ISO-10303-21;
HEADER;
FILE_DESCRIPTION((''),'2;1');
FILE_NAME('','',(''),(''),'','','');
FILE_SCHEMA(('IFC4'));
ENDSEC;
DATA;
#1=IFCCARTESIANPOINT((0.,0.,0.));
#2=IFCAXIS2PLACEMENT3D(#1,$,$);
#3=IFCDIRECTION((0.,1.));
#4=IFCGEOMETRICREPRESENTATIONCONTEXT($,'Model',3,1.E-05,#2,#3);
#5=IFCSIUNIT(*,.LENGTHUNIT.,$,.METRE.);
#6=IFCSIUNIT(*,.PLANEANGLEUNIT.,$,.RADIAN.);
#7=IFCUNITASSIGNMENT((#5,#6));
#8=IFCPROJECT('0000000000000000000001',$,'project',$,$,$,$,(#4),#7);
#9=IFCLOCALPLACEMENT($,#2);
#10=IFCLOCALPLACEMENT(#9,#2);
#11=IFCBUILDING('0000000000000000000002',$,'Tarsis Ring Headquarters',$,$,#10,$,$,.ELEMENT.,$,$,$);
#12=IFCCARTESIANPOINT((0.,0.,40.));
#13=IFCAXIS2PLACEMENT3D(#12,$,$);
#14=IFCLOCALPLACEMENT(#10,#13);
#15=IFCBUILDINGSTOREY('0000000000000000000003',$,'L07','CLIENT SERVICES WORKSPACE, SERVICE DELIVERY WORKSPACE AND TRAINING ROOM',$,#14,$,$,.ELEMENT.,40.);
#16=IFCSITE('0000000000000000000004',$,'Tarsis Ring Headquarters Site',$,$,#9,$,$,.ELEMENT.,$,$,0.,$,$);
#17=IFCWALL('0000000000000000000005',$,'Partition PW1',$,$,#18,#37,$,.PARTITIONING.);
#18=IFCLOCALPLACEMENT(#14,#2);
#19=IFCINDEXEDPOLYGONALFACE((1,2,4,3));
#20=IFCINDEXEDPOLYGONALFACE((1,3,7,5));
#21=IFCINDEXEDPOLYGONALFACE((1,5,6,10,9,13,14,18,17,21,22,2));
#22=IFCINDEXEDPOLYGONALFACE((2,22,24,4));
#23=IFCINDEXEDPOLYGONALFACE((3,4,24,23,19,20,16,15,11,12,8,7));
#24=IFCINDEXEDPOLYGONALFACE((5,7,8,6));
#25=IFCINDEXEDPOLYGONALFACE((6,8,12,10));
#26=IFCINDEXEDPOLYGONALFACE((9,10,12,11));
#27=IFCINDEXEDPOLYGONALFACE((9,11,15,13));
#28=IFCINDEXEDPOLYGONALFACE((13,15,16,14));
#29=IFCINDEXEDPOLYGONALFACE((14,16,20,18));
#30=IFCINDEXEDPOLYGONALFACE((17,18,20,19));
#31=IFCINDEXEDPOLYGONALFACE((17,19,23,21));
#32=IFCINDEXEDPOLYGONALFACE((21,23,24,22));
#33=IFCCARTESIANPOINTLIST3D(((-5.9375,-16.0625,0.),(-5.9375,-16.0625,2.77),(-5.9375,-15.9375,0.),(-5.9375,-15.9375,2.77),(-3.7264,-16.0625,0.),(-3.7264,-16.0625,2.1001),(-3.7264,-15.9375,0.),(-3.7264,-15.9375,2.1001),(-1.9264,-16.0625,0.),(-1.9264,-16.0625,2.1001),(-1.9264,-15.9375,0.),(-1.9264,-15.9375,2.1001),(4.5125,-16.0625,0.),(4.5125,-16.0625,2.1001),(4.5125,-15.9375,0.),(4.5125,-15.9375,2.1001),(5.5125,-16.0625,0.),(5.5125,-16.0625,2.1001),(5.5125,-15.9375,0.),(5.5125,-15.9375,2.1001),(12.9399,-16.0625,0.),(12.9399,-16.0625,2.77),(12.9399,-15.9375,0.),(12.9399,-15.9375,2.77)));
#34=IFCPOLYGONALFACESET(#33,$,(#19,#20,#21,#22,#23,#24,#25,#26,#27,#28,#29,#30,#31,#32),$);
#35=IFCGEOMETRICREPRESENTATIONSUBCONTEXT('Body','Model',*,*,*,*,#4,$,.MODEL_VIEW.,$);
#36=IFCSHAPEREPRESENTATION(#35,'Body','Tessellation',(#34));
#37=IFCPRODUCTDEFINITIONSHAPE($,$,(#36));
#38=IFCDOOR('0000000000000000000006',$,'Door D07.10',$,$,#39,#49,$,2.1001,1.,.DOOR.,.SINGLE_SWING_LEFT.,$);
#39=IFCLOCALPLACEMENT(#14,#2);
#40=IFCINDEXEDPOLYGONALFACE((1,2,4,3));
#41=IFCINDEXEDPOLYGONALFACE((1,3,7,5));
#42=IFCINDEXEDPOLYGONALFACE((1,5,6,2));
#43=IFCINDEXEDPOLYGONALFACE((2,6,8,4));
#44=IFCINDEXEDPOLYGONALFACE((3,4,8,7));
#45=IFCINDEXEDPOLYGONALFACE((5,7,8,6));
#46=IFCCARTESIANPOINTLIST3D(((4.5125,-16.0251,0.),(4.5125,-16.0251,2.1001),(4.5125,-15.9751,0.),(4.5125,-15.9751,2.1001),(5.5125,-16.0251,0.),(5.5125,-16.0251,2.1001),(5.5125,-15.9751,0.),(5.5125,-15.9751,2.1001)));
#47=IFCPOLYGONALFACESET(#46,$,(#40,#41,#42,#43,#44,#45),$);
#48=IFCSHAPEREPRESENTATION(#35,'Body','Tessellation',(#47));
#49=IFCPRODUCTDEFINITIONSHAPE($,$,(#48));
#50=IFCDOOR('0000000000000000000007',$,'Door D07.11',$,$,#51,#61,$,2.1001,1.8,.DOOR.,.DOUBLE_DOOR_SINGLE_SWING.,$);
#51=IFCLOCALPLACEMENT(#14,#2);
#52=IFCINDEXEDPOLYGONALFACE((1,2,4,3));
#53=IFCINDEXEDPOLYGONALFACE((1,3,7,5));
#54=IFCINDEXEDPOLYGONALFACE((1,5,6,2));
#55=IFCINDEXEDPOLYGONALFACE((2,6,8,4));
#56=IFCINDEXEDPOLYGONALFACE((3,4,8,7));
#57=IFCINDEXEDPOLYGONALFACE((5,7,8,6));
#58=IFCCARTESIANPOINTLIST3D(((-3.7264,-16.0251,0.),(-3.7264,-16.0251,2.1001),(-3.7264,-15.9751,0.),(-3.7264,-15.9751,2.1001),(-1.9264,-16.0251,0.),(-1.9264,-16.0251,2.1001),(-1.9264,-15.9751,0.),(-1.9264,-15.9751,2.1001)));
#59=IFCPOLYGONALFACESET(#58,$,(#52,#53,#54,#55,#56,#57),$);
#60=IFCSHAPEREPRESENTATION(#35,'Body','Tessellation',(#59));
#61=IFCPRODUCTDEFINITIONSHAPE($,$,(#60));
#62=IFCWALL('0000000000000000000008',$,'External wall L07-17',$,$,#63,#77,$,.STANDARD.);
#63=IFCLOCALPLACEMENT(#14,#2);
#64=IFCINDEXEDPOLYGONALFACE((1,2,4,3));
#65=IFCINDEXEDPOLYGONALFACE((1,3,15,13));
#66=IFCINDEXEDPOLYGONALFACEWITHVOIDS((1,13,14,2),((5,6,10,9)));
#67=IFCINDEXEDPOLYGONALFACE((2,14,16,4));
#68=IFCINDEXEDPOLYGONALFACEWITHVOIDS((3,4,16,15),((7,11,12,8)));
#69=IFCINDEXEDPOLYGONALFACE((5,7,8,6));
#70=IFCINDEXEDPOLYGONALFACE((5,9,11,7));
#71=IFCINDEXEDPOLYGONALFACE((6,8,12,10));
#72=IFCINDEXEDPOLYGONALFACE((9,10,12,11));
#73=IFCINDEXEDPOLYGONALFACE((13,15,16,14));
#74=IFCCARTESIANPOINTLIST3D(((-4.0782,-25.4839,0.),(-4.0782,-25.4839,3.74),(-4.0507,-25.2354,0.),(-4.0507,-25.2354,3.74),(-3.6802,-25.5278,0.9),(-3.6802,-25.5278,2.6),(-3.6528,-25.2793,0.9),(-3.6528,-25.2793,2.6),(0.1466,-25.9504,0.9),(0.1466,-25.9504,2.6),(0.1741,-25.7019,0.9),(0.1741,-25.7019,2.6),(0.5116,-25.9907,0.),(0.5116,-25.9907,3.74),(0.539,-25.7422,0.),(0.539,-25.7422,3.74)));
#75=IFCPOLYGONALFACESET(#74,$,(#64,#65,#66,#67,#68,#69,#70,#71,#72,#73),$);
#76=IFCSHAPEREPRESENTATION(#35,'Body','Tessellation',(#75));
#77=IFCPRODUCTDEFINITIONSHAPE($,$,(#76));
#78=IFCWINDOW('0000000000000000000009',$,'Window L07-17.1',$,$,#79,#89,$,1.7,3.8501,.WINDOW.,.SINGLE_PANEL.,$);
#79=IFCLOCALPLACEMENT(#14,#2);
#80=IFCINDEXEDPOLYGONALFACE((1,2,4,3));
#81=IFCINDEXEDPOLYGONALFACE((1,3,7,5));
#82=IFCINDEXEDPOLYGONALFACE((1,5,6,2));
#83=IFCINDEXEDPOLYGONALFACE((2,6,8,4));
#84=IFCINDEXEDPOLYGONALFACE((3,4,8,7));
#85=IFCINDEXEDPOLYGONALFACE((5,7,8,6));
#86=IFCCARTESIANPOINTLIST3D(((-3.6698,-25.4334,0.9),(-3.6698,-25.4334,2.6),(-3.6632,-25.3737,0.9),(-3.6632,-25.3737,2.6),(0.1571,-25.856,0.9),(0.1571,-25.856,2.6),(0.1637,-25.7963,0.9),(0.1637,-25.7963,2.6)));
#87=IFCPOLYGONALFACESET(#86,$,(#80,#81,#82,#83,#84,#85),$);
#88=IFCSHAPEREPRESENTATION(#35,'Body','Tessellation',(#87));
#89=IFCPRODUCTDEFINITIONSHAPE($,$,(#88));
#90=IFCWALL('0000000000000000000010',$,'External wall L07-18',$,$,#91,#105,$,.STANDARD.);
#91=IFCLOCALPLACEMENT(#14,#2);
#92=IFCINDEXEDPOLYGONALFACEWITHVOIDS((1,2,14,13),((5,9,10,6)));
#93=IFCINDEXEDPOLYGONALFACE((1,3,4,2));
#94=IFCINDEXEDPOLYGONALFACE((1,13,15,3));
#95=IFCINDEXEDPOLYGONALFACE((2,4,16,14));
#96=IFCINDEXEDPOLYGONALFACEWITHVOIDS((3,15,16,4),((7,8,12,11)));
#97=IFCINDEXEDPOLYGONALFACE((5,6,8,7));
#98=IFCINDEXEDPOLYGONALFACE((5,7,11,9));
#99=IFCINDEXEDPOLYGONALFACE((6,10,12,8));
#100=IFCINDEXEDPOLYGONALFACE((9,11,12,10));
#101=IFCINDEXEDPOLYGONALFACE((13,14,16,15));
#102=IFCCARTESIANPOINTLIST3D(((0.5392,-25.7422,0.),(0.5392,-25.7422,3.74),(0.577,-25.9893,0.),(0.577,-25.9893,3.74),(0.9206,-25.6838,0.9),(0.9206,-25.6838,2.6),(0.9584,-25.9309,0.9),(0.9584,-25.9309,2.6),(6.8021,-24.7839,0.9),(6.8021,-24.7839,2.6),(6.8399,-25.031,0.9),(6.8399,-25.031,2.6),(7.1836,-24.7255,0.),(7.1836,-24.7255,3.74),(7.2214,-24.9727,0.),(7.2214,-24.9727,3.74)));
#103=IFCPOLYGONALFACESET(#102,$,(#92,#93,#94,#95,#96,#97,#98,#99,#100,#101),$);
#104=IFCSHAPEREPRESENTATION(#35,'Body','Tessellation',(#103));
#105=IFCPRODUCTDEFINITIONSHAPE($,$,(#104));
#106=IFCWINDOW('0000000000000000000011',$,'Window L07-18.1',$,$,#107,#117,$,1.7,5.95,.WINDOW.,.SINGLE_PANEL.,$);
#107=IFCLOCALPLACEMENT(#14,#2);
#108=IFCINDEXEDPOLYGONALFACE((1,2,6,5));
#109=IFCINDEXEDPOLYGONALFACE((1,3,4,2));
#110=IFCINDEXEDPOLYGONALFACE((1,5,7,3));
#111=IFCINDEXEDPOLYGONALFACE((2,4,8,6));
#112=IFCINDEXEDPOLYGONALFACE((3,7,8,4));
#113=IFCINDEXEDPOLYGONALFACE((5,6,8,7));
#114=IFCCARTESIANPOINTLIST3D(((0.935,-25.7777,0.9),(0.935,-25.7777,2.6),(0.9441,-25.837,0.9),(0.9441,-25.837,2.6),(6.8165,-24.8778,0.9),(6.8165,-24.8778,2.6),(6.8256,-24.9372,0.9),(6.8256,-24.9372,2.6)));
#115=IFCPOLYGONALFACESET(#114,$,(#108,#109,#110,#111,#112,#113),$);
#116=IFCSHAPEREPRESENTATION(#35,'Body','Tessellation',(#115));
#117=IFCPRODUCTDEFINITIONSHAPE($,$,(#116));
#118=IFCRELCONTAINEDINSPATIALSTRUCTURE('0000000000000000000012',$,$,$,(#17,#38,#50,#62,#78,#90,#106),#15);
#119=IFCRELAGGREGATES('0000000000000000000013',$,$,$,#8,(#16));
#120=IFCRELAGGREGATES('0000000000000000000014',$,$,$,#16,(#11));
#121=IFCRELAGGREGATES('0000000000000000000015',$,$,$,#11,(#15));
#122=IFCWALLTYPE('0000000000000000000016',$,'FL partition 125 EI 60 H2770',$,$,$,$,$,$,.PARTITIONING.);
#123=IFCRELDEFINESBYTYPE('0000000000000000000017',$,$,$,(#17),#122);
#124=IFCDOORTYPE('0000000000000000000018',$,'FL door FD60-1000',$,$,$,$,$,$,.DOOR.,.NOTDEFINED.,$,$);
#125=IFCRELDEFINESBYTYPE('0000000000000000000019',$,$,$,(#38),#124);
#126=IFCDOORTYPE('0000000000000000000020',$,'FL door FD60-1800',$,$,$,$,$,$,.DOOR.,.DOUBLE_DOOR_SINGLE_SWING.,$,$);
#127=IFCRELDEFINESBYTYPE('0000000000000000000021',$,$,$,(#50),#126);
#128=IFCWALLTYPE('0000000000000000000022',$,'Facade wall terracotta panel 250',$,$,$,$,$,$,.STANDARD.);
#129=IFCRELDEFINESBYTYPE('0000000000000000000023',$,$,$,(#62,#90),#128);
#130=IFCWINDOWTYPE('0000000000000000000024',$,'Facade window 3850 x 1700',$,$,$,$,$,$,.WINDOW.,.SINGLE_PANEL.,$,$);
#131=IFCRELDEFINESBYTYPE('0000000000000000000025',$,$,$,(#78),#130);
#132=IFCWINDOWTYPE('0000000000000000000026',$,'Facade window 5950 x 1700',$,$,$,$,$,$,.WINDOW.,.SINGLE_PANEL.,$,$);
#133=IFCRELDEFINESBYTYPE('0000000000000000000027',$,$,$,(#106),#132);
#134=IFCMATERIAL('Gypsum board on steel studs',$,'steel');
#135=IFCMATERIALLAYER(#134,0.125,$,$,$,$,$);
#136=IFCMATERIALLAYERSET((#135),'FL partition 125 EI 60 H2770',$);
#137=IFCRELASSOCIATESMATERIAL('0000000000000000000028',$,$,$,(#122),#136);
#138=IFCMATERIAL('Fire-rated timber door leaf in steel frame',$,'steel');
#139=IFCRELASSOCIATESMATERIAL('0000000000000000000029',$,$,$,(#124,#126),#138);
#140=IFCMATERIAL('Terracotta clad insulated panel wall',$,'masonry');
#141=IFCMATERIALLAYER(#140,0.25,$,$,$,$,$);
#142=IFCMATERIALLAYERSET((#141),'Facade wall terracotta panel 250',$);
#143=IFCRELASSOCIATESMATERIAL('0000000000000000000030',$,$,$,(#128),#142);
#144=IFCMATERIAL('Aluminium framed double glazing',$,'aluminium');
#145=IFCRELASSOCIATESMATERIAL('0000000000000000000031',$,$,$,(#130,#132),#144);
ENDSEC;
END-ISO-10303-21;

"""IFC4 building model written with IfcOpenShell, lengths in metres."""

from ifc_helpers import new_model, si_unit, direction, frame, frame_2d, origin, place, context, subcontext, project, spatial, rectangle, extrude, material, layer, layer_set, type_object, element, fill, save


model = new_model("IFC4")

# Units and contexts
model_context = context("Model", 3, precision=1e-05, world=origin(), true_north=direction((0.0, 1.0)))
body_context = subcontext(model_context, "Body", "Model", "MODEL_VIEW")
ifc_project = project(units=[si_unit("LENGTHUNIT", "METRE"), si_unit("PLANEANGLEUNIT", "RADIAN")], contexts=[model_context])

# Site, building, storey
site_placement = place(None, origin())
site = spatial("IfcSite", under=ifc_project, at=site_placement, Name="Tarsis Ring Headquarters Site", CompositionType="ELEMENT", RefElevation=0.0)
building_placement = place(site_placement, origin())
building = spatial("IfcBuilding", under=site, at=building_placement, Name="Tarsis Ring Headquarters", CompositionType="ELEMENT")
storey_placement = place(building_placement, frame((0.0, 0.0, 40.0)))
storey = spatial("IfcBuildingStorey", under=building, at=storey_placement, Name="L07", Description="CLIENT SERVICES WORKSPACE, SERVICE DELIVERY WORKSPACE AND TRAINING ROOM", CompositionType="ELEMENT", Elevation=40.0)

# Shared definitions
ifc_material_1 = material(Name="Gypsum board on steel studs", Category="steel")

# Shared definitions
ifc_layer_1 = layer(ifc_material_1, 0.125)
ifc_layer_set_1 = layer_set([ifc_layer_1], Name="FL partition 125 EI 60 H2770")
wall_type_1 = type_object("IfcWallType", Name="FL partition 125 EI 60 H2770", PredefinedType="PARTITIONING", material=ifc_layer_set_1)
ifc_material_2 = material(Name="Fire-rated timber door leaf in steel frame", Category="steel")
door_type_1 = type_object("IfcDoorType", Name="FL door FD60-1000", OperationType="NOTDEFINED", PredefinedType="DOOR", material=ifc_material_2)
door_type_2 = type_object("IfcDoorType", Name="FL door FD60-1800", OperationType="DOUBLE_DOOR_SINGLE_SWING", PredefinedType="DOOR", material=ifc_material_2)

# Wall, openings, doors
wall_1_placement = place(storey_placement, frame((-5.9375, -16.0, 0.0), z_axis=(0.0, 0.0, 1.0), x_axis=(1.0, 0.0, 0.0)))
wall_1 = element("IfcWall", 1, at=wall_1_placement, inside=storey, type_object=wall_type_1, Name="Partition PW1", PredefinedType="PARTITIONING", context=body_context, shape_type="SweptSolid", body=[
    extrude(rectangle(XDim=18.8774, YDim=0.125, at=frame_2d((9.4387, 0.0))), origin(), (0.0, 0.0, 1.0), 2.77),
])
opening_1_placement = place(wall_1_placement, frame((10.45, 0.0, 0.0)))
opening_1 = element("IfcOpeningElement", 2, at=opening_1_placement, cuts=wall_1, PredefinedType="OPENING", context=body_context, shape_type="SweptSolid", body=[
    extrude(rectangle(XDim=1.0, YDim=2.1001, at=frame_2d((0.5, 1.05))), frame((0.0, 0.0725, 0.0), z_axis=(0.0, -1.0, 0.0), x_axis=(1.0, 0.0, 0.0)), (0.0, 0.0, 1.0), 0.145),
])
opening_2_placement = place(wall_1_placement, frame((2.2112, 0.0, 0.0)))
opening_2 = element("IfcOpeningElement", 3, at=opening_2_placement, cuts=wall_1, PredefinedType="OPENING", context=body_context, shape_type="SweptSolid", body=[
    extrude(rectangle(XDim=1.8, YDim=2.1001, at=frame_2d((0.8999, 1.05))), frame((0.0, 0.0725, 0.0), z_axis=(0.0, -1.0, 0.0), x_axis=(1.0, 0.0, 0.0)), (0.0, 0.0, 1.0), 0.145),
])
door_1_placement = place(opening_1_placement, origin())
door_1 = element("IfcDoor", 4, at=door_1_placement, inside=storey, type_object=door_type_1, Name="Door D07.10", OperationType="SINGLE_SWING_LEFT", OverallHeight=2.1001, OverallWidth=1.0, PredefinedType="DOOR", context=body_context, shape_type="SweptSolid", body=[
    extrude(rectangle(XDim=1.0, YDim=2.1001, at=frame_2d((0.5, 1.05))), frame((0.0, 0.0249, 0.0), z_axis=(0.0, -1.0, 0.0), x_axis=(1.0, 0.0, 0.0)), (0.0, 0.0, 1.0), 0.05),
])
fill(opening_1, door_1)
door_2_placement = place(opening_2_placement, origin())
door_2 = element("IfcDoor", 5, at=door_2_placement, inside=storey, type_object=door_type_2, Name="Door D07.11", OperationType="DOUBLE_DOOR_SINGLE_SWING", OverallHeight=2.1001, OverallWidth=1.8, PredefinedType="DOOR", context=body_context, shape_type="SweptSolid", body=[
    extrude(rectangle(XDim=1.8, YDim=2.1001, at=frame_2d((0.8999, 1.05))), frame((0.0, 0.0249, 0.0), z_axis=(0.0, -1.0, 0.0), x_axis=(1.0, 0.0, 0.0)), (0.0, 0.0, 1.0), 0.05),
])
fill(opening_2, door_2)

# Walls, openings, windows
ifc_material_3 = material(Name="Terracotta clad insulated panel wall", Category="masonry")
ifc_layer_2 = layer(ifc_material_3, 0.25)
ifc_layer_set_2 = layer_set([ifc_layer_2], Name="Facade wall terracotta panel 250")
wall_type_2 = type_object("IfcWallType", Name="Facade wall terracotta panel 250", PredefinedType="STANDARD", material=ifc_layer_set_2)
wall_2_placement = place(storey_placement, frame((-4.0645, -25.3596, 0.0), z_axis=(0.0, 0.0, 1.0), x_axis=(0.993958, -0.109758, 0.0)))
wall_2 = element("IfcWall", 6, at=wall_2_placement, inside=storey, type_object=wall_type_2, Name="External wall L07-17", PredefinedType="STANDARD", context=body_context, shape_type="SweptSolid", body=[
    extrude(rectangle(XDim=4.6177, YDim=0.25, at=frame_2d((2.3088, 0.0))), origin(), (0.0, 0.0, 1.0), 3.74),
])
opening_3_placement = place(wall_2_placement, frame((0.4004, 0.0, 0.8999)))
opening_3 = element("IfcOpeningElement", 7, at=opening_3_placement, cuts=wall_2, PredefinedType="OPENING", context=body_context, shape_type="SweptSolid", body=[
    extrude(rectangle(XDim=3.8501, YDim=1.7, at=frame_2d((1.925, 0.8501))), frame((0.0, 0.135, 0.0), z_axis=(0.0, -1.0, 0.0), x_axis=(1.0, 0.0, 0.0)), (0.0, 0.0, 1.0), 0.27),
])
ifc_material_4 = material(Name="Aluminium framed double glazing", Category="aluminium")
window_type_1 = type_object("IfcWindowType", Name="Facade window 3850 x 1700", PartitioningType="SINGLE_PANEL", PredefinedType="WINDOW", material=ifc_material_4)
window_1_placement = place(opening_3_placement, origin())
window_1 = element("IfcWindow", 8, at=window_1_placement, inside=storey, type_object=window_type_1, Name="Window L07-17.1", OverallHeight=1.7, OverallWidth=3.8501, PartitioningType="SINGLE_PANEL", PredefinedType="WINDOW", context=body_context, shape_type="SweptSolid", body=[
    extrude(rectangle(XDim=3.8501, YDim=1.7, at=frame_2d((1.925, 0.8501))), frame((0.0, 0.03, 0.0), z_axis=(0.0, -1.0, 0.0), x_axis=(1.0, 0.0, 0.0)), (0.0, 0.0, 1.0), 0.0601),
])
fill(opening_3, window_1)
wall_3_placement = place(storey_placement, frame((0.5581, -25.8657, 0.0), z_axis=(0.0, 0.0, 1.0), x_axis=(0.988496, 0.151244, 0.0)))
wall_3 = element("IfcWall", 9, at=wall_3_placement, inside=storey, type_object=wall_type_2, Name="External wall L07-18", PredefinedType="STANDARD", context=body_context, shape_type="SweptSolid", body=[
    extrude(rectangle(XDim=6.7217, YDim=0.25, at=frame_2d((3.3608, 0.0))), origin(), (0.0, 0.0, 1.0), 3.74),
])
opening_4_placement = place(wall_3_placement, frame((0.3857, 0.0, 0.8999)))
opening_4 = element("IfcOpeningElement", 10, at=opening_4_placement, cuts=wall_3, PredefinedType="OPENING", context=body_context, shape_type="SweptSolid", body=[
    extrude(rectangle(XDim=5.95, YDim=1.7, at=frame_2d((2.9751, 0.8501))), frame((0.0, 0.135, 0.0), z_axis=(0.0, -1.0, 0.0), x_axis=(1.0, 0.0, 0.0)), (0.0, 0.0, 1.0), 0.27),
])
window_type_2 = type_object("IfcWindowType", Name="Facade window 5950 x 1700", PartitioningType="SINGLE_PANEL", PredefinedType="WINDOW", material=ifc_material_4)
window_2_placement = place(opening_4_placement, origin())
window_2 = element("IfcWindow", 11, at=window_2_placement, inside=storey, type_object=window_type_2, Name="Window L07-18.1", OverallHeight=1.7, OverallWidth=5.95, PartitioningType="SINGLE_PANEL", PredefinedType="WINDOW", context=body_context, shape_type="SweptSolid", body=[
    extrude(rectangle(XDim=5.95, YDim=1.7, at=frame_2d((2.9751, 0.8501))), frame((0.0, 0.03, 0.0), z_axis=(0.0, -1.0, 0.0), x_axis=(1.0, 0.0, 0.0)), (0.0, 0.0, 1.0), 0.0601),
])
fill(opening_4, window_2)

save(model, "model.ifc")
